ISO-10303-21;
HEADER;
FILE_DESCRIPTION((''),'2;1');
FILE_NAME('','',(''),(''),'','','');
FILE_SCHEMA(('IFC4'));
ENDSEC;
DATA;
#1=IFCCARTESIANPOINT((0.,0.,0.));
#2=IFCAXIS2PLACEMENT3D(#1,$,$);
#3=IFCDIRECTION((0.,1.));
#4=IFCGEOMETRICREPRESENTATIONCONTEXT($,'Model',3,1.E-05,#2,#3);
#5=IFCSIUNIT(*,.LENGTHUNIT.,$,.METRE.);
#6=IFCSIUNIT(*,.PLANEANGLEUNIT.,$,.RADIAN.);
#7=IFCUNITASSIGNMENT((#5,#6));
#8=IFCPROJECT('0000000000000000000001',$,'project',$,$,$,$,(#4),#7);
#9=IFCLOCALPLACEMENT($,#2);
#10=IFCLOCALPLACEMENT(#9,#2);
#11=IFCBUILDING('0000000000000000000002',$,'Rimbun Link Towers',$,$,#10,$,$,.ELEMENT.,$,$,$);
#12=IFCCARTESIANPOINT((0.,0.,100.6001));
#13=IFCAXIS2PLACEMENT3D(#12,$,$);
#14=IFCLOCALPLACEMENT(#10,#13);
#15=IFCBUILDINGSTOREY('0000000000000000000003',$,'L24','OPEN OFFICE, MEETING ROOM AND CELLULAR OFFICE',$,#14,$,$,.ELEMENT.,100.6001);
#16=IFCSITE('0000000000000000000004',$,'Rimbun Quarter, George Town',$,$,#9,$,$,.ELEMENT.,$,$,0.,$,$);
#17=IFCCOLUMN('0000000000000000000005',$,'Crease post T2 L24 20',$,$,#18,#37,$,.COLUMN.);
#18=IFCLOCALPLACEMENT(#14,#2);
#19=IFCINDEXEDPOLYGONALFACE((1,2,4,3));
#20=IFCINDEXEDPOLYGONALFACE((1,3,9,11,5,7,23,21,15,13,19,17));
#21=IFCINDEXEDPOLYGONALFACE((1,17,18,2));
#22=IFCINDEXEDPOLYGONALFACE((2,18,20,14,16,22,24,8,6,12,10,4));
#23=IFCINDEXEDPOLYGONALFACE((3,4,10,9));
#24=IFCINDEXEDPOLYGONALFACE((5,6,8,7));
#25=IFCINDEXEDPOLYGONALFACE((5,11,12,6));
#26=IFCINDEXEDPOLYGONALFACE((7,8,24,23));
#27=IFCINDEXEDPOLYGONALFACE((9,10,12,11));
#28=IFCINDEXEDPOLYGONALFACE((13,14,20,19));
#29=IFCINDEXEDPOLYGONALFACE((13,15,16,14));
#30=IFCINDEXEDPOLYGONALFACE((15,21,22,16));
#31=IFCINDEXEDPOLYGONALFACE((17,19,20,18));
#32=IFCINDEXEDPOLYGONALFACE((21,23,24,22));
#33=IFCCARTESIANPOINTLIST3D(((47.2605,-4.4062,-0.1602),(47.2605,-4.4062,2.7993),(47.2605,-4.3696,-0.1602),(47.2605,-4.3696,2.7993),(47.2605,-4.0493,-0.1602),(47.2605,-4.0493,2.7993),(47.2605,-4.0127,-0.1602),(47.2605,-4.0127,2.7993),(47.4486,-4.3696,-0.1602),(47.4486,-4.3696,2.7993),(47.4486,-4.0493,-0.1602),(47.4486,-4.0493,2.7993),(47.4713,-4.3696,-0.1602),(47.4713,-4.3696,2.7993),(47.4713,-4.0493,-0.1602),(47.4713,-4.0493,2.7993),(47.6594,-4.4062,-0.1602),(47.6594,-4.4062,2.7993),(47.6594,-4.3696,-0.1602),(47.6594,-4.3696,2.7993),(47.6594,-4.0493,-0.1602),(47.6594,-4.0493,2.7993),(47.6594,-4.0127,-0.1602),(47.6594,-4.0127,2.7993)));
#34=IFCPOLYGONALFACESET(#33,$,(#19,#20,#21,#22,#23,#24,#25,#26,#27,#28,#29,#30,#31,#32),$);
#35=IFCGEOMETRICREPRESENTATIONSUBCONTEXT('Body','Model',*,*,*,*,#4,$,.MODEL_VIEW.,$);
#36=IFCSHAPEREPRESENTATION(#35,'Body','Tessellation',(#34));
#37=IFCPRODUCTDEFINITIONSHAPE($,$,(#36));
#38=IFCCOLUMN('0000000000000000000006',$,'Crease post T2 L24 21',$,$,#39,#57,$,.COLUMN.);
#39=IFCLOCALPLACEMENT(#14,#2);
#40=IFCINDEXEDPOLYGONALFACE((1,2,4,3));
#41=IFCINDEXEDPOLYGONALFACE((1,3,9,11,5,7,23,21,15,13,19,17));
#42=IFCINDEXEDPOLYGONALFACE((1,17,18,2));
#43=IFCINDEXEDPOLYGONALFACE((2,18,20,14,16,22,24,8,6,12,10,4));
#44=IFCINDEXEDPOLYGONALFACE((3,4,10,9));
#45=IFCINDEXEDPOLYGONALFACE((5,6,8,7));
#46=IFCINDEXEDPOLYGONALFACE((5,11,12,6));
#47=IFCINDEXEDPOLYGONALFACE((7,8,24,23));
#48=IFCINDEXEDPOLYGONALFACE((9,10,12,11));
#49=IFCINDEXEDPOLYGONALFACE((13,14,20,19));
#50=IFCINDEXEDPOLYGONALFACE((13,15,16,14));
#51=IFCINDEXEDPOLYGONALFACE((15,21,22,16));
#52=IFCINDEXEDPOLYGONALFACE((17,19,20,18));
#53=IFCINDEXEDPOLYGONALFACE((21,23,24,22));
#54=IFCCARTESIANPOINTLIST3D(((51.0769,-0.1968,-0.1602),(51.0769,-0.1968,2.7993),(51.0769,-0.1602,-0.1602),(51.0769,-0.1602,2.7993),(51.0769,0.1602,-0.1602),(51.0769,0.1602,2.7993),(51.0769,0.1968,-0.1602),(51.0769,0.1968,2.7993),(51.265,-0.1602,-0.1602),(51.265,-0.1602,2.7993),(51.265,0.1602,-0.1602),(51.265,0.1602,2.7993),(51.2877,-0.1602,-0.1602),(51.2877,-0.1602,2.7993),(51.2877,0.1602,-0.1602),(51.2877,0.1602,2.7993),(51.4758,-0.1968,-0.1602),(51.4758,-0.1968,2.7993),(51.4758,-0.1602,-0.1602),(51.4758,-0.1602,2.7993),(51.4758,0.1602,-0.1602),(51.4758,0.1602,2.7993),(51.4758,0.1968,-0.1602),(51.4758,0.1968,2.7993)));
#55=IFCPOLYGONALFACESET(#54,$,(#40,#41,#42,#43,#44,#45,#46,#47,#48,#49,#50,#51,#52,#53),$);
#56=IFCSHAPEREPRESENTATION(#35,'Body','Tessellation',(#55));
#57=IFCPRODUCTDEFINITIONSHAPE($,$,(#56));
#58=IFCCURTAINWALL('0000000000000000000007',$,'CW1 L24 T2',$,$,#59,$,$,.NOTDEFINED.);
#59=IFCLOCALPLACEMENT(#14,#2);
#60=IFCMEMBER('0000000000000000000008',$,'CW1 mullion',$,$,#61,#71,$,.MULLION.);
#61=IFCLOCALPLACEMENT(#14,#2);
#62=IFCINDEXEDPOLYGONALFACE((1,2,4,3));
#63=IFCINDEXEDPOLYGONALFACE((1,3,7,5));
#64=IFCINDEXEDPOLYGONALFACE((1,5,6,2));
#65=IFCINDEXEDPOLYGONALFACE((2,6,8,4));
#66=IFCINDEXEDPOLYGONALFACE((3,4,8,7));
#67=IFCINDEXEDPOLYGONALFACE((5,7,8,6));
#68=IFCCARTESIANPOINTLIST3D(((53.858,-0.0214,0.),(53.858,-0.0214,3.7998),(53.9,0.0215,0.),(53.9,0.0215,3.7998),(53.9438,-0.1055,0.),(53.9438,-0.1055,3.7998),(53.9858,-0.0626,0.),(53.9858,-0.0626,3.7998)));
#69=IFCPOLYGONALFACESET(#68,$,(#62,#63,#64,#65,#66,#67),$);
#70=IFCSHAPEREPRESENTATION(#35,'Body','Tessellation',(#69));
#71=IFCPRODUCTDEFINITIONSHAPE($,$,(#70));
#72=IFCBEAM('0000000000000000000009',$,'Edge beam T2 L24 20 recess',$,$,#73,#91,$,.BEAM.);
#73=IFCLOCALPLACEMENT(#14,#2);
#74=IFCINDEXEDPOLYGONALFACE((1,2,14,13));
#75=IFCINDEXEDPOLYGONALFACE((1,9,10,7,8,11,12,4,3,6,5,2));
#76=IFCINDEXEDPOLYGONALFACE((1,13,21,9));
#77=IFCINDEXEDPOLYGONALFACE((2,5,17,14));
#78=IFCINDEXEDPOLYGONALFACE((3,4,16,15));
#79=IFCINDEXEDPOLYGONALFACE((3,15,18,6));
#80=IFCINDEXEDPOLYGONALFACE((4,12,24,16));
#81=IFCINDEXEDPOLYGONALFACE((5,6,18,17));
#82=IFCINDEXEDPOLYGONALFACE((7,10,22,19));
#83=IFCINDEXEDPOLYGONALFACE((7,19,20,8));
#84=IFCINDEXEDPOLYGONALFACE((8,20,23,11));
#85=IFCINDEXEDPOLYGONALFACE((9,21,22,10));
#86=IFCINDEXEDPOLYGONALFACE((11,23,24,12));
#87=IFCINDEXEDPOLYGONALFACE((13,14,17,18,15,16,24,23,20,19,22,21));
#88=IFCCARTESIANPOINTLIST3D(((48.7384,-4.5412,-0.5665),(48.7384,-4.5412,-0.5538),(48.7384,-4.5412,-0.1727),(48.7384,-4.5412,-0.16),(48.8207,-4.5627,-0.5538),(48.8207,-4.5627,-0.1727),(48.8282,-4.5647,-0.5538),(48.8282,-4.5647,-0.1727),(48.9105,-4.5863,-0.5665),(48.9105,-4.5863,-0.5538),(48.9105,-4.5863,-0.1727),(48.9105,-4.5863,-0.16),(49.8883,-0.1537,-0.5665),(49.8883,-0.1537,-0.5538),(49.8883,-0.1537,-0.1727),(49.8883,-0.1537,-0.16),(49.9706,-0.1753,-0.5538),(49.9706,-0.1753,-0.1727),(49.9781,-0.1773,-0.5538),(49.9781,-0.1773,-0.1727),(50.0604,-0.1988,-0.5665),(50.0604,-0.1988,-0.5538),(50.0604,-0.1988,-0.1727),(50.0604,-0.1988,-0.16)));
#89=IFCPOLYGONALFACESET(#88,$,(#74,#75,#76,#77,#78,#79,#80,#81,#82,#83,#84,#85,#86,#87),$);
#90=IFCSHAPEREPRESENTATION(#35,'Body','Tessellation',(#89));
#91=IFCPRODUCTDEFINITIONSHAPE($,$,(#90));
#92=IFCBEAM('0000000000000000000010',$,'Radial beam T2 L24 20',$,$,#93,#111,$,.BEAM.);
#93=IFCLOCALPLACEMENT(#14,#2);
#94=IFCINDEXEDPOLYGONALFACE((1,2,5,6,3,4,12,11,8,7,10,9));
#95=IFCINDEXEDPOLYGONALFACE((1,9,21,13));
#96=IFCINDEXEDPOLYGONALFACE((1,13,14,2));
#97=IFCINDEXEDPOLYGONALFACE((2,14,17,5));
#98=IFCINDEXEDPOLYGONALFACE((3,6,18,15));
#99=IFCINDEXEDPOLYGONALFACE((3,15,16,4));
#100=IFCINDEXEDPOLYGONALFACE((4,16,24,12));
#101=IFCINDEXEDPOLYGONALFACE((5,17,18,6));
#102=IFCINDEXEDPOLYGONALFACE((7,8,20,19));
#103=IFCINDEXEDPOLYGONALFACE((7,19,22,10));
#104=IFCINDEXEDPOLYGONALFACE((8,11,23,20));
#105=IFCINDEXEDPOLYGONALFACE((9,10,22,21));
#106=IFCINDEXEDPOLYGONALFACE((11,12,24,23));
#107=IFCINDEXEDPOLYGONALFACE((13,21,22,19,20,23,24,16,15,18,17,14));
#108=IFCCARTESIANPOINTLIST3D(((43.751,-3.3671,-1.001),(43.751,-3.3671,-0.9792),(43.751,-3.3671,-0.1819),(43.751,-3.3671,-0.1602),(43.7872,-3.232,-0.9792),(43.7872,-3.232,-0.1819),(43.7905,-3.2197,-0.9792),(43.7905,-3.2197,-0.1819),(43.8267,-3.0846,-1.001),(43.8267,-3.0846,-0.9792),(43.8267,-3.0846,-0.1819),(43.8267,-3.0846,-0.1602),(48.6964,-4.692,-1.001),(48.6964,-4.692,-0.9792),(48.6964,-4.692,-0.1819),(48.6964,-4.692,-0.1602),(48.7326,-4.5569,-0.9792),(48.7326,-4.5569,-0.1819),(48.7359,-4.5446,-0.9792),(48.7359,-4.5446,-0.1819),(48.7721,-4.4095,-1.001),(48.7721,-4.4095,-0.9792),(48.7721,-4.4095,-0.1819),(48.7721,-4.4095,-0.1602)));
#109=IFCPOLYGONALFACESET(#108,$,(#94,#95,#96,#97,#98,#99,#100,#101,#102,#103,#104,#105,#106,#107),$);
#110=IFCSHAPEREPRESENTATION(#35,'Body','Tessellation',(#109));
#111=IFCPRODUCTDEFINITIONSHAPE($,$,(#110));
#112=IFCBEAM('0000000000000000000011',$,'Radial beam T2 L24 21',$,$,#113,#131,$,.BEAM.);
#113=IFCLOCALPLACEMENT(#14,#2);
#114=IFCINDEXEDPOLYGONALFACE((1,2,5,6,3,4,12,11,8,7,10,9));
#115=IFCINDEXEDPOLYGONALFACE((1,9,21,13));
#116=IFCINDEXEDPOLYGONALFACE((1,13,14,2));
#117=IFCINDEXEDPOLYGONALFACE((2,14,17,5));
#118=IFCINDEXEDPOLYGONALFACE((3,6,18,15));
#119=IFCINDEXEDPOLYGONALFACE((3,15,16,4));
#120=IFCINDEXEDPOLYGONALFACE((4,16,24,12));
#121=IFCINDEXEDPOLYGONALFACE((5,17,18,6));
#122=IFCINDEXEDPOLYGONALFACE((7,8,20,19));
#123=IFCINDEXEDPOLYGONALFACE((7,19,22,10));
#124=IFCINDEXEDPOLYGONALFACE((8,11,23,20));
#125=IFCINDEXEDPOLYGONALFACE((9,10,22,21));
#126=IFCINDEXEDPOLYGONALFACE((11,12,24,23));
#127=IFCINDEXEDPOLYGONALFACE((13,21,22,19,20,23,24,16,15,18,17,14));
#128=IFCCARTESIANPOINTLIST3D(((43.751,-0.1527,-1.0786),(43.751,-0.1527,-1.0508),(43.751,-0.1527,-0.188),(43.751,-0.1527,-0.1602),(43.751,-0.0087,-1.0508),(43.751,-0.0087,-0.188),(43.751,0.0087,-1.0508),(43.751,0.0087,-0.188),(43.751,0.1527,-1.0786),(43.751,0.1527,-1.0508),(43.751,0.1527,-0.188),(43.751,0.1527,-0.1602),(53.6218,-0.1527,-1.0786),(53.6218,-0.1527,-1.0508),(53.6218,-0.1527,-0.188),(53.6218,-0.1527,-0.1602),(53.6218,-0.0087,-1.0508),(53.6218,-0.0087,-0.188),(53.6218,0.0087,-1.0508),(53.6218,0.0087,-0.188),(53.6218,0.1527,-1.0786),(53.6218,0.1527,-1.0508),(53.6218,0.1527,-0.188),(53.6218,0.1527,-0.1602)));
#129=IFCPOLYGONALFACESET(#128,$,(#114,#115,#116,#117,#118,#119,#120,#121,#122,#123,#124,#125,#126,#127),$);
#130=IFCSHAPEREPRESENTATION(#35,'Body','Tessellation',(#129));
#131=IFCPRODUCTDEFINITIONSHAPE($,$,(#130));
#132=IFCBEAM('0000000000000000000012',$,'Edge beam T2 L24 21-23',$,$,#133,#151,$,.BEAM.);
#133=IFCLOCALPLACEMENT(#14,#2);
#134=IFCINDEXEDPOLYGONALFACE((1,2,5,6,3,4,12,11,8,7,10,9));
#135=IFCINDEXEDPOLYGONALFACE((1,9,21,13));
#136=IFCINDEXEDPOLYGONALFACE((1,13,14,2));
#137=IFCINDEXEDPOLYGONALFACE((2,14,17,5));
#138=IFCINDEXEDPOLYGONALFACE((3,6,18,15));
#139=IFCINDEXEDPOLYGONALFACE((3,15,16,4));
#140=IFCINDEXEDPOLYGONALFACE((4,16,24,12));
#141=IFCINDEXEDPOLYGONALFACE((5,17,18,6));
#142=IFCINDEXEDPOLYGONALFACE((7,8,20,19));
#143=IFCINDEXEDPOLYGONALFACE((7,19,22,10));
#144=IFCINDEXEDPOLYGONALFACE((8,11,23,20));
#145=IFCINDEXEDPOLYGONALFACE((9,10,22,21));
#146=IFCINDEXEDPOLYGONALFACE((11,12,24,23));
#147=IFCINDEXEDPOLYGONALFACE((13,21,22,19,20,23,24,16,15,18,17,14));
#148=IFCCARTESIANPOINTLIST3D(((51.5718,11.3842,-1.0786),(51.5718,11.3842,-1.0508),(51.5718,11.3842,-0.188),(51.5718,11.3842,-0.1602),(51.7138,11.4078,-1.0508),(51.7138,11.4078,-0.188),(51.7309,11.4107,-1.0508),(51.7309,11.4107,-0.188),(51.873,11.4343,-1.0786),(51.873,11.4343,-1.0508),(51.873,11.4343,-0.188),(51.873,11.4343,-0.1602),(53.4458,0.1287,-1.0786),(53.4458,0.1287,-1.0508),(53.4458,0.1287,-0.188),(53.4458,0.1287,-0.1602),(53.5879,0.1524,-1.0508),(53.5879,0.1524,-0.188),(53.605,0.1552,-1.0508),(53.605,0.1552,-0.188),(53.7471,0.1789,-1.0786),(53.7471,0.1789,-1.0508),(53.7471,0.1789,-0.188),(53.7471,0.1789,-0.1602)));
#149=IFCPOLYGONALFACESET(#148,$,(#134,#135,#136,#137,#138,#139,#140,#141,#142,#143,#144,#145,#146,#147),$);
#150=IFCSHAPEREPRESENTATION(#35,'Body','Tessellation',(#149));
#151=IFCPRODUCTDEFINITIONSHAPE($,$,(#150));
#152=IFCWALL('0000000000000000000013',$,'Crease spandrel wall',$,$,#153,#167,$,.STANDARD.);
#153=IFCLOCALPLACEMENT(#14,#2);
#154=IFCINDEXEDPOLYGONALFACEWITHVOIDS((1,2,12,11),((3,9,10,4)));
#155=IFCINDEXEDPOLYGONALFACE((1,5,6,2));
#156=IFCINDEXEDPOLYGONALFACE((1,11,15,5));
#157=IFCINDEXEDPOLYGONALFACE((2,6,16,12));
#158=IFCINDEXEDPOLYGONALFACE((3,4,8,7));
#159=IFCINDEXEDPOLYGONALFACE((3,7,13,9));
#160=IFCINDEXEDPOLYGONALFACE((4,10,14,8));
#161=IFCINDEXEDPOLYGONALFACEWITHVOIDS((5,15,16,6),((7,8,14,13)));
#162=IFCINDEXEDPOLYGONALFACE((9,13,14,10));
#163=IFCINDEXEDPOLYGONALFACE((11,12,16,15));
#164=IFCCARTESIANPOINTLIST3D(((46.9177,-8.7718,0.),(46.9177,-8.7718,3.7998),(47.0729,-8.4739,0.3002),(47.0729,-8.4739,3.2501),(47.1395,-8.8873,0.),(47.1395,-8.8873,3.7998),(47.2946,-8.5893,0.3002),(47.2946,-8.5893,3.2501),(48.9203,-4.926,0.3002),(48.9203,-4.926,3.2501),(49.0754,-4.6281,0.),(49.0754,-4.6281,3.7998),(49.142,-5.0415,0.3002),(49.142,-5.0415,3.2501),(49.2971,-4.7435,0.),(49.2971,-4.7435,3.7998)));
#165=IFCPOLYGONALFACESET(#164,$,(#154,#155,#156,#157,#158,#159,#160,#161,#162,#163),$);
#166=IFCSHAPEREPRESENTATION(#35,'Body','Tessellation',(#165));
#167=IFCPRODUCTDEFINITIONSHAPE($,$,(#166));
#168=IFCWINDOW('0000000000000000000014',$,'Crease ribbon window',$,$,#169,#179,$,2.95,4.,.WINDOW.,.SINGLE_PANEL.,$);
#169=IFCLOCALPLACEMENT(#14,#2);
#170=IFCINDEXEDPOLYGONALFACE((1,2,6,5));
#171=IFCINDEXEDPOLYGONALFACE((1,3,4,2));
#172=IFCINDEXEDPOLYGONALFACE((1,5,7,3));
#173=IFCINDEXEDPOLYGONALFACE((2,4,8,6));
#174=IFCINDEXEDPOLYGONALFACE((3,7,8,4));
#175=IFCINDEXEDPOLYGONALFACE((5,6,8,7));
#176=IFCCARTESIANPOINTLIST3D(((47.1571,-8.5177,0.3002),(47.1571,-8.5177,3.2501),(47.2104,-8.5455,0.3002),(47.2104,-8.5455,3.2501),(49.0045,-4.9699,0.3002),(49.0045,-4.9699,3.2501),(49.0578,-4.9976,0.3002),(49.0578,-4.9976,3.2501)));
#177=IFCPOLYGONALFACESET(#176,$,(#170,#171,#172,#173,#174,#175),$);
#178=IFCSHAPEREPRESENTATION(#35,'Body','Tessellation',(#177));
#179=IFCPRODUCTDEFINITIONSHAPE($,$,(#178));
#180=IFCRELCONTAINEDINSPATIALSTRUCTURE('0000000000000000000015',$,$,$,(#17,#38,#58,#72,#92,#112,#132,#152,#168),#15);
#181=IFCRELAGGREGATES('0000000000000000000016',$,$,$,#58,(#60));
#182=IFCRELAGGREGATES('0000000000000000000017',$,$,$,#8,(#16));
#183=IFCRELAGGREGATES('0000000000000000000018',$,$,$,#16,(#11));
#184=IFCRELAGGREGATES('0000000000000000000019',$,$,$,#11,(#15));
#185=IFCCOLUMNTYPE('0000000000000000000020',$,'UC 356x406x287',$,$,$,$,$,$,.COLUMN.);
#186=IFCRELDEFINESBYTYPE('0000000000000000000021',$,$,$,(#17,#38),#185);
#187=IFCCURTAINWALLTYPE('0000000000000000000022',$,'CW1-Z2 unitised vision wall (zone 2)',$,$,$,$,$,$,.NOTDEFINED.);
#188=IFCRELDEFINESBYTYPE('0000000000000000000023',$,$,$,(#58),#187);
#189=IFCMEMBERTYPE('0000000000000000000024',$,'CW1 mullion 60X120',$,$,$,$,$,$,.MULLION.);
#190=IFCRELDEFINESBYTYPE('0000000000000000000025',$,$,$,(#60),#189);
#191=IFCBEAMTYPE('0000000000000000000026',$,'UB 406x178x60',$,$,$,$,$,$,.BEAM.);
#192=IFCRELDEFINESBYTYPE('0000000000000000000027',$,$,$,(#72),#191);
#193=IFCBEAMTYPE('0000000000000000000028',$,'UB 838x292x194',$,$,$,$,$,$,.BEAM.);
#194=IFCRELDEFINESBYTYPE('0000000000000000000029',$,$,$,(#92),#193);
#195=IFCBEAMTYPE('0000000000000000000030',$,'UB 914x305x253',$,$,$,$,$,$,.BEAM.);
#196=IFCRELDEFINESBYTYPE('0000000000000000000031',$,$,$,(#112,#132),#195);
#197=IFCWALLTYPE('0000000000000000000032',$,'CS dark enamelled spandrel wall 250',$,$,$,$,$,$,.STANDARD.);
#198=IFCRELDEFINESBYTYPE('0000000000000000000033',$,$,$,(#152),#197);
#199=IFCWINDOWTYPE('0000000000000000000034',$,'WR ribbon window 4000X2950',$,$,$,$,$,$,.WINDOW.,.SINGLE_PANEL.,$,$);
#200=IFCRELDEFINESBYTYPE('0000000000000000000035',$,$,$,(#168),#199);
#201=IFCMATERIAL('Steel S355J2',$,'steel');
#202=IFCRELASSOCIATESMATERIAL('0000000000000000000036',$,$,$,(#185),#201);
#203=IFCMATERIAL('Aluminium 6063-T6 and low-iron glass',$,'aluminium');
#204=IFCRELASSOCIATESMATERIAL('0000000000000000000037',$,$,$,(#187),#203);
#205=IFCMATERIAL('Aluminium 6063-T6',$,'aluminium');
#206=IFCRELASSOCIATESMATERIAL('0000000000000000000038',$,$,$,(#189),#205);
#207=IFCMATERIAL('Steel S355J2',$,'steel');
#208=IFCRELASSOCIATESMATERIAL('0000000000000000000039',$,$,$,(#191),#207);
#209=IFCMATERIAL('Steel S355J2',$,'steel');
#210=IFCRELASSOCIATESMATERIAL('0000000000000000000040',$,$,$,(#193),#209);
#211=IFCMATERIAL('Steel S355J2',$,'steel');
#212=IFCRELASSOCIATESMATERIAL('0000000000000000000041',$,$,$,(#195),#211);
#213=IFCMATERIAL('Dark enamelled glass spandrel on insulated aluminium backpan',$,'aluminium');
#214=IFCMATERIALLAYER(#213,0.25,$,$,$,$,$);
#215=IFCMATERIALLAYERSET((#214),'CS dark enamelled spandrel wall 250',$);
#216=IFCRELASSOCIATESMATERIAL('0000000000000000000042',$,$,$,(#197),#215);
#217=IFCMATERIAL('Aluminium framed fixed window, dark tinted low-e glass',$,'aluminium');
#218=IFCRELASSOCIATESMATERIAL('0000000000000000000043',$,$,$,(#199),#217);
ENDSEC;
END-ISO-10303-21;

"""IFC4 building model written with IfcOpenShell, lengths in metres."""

from ifc_helpers import new_model, si_unit, direction, frame, frame_2d, origin, origin_2d, place, context, subcontext, project, spatial, rectangle, i_section, extrude, material, layer, layer_set, material_profile, profile_set, type_object, element, fill, aggregate, save


model = new_model("IFC4")

# Units and contexts
model_context = context("Model", 3, precision=1e-05, world=origin(), true_north=direction((0.0, 1.0)))
body_context = subcontext(model_context, "Body", "Model", "MODEL_VIEW")
ifc_project = project(units=[si_unit("LENGTHUNIT", "METRE"), si_unit("PLANEANGLEUNIT", "RADIAN")], contexts=[model_context])

# Site, building, storey
site_placement = place(None, origin())
site = spatial("IfcSite", under=ifc_project, at=site_placement, Name="Rimbun Quarter, George Town", CompositionType="ELEMENT", RefElevation=0.0)
building_placement = place(site_placement, origin())
building = spatial("IfcBuilding", under=site, at=building_placement, Name="Rimbun Link Towers", CompositionType="ELEMENT")
storey_placement = place(building_placement, frame((0.0, 0.0, 100.6001)))
storey = spatial("IfcBuildingStorey", under=building, at=storey_placement, Name="L24", Description="OPEN OFFICE, MEETING ROOM AND CELLULAR OFFICE", CompositionType="ELEMENT", Elevation=100.6001)

# Columns
ifc_material_1 = material(Name="Steel S355J2", Category="steel")
ifc_material_profile_1 = material_profile(ifc_material_1, i_section(OverallWidth=0.3989, OverallDepth=0.3936, WebThickness=0.0227, FlangeThickness=0.0366, at=origin_2d()), Name="UC 356x406x287")
ifc_profile_set_1 = profile_set([ifc_material_profile_1], Name="Steel S355J2")
column_type = type_object("IfcColumnType", Name="UC 356x406x287", PredefinedType="COLUMN", material=ifc_profile_set_1)
for number, where, z_axis, x_axis, name in (
    (1, (47.46, -4.2095, -0.1602), (0.0, 0.0, 1.0), (1.0, 0.0, 0.0), "Crease post T2 L24 20"),
    (2, (51.2764, 0.0, -0.1602), (0.0, 0.0, 1.0), (1.0, 0.0, 0.0), "Crease post T2 L24 21"),
):
    element("IfcColumn", number, at=place(storey_placement, frame(where, z_axis=z_axis, x_axis=x_axis)), inside=storey, type_object=column_type, Name=name, PredefinedType="COLUMN", context=body_context, shape_type="SweptSolid", body=[
        extrude(i_section(OverallWidth=0.3989, OverallDepth=0.3936, WebThickness=0.0227, FlangeThickness=0.0366, at=origin_2d()), origin(), (0.0, 0.0, 1.0), 2.9595),
    ])

# Curtain wall, member
ifc_material_2 = material(Name="Aluminium 6063-T6 and low-iron glass", Category="aluminium")
curtain_wall_type = type_object("IfcCurtainWallType", Name="CW1-Z2 unitised vision wall (zone 2)", PredefinedType="NOTDEFINED", material=ifc_material_2)
curtain_wall_placement = place(storey_placement, origin())
curtain_wall = element("IfcCurtainWall", 3, at=curtain_wall_placement, inside=storey, type_object=curtain_wall_type, Name="CW1 L24 T2", PredefinedType="NOTDEFINED")
ifc_material_3 = material(Name="Aluminium 6063-T6", Category="aluminium")
ifc_material_profile_2 = material_profile(ifc_material_3, rectangle(XDim=0.1201, YDim=0.0601, at=origin_2d()), Name="MULLION 60X120")
ifc_profile_set_2 = profile_set([ifc_material_profile_2], Name="Aluminium 6063-T6")
member_type_1 = type_object("IfcMemberType", Name="CW1 mullion 60X120", PredefinedType="MULLION", material=ifc_profile_set_2)
member_1_placement = place(storey_placement, frame((53.9219, -0.042, 0.0), z_axis=(0.0, 0.0, 1.0), x_axis=(0.714514, -0.699621, 0.0)))
member_1 = element("IfcMember", 4, at=member_1_placement, type_object=member_type_1, Name="CW1 mullion", PredefinedType="MULLION", context=body_context, shape_type="SweptSolid", body=[
    extrude(rectangle(XDim=0.1201, YDim=0.0601, at=origin_2d()), origin(), (0.0, 0.0, 1.0), 3.7998),
])
aggregate(curtain_wall, [member_1])

# Beams
ifc_material_4 = material(Name="Steel S355J2", Category="steel")
ifc_material_profile_3 = material_profile(ifc_material_4, i_section(OverallWidth=0.178, OverallDepth=0.4065, WebThickness=0.0078, FlangeThickness=0.0127, at=origin_2d()), Name="UB 406x178x60")
ifc_profile_set_3 = profile_set([ifc_material_profile_3], Name="Steel S355J2")
beam_type_1 = type_object("IfcBeamType", Name="UB 406x178x60", PredefinedType="BEAM", material=ifc_profile_set_3)
beam_1_placement = place(storey_placement, frame((48.8245, -4.5637, -0.3633), z_axis=(0.253526, 0.967329, 0.0), x_axis=(-0.967329, 0.253526, 0.0)))
element("IfcBeam", 5, at=beam_1_placement, inside=storey, type_object=beam_type_1, Name="Edge beam T2 L24 20 recess", PredefinedType="BEAM", context=body_context, shape_type="SweptSolid", body=[
    extrude(i_section(OverallWidth=0.178, OverallDepth=0.4065, WebThickness=0.0078, FlangeThickness=0.0127, at=origin_2d()), origin(), (0.0, 0.0, 1.0), 4.5356),
])
ifc_material_5 = material(Name="Steel S355J2", Category="steel")
ifc_material_profile_4 = material_profile(ifc_material_5, i_section(OverallWidth=0.2925, OverallDepth=0.8408, WebThickness=0.0127, FlangeThickness=0.0217, at=origin_2d()), Name="UB 838x292x194")
ifc_profile_set_4 = profile_set([ifc_material_profile_4], Name="Steel S355J2")
beam_type_2 = type_object("IfcBeamType", Name="UB 838x292x194", PredefinedType="BEAM", material=ifc_profile_set_4)
beam_2_placement = place(storey_placement, frame((43.7888, -3.2258, -0.5806), z_axis=(0.965936, -0.258781, 0.0), x_axis=(0.258781, 0.965936, 0.0)))
element("IfcBeam", 6, at=beam_2_placement, inside=storey, type_object=beam_type_2, Name="Radial beam T2 L24 20", PredefinedType="BEAM", context=body_context, shape_type="SweptSolid", body=[
    extrude(i_section(OverallWidth=0.2925, OverallDepth=0.8408, WebThickness=0.0127, FlangeThickness=0.0217, at=origin_2d()), origin(), (0.0, 0.0, 1.0), 5.1199),
])
ifc_material_6 = material(Name="Steel S355J2", Category="steel")
ifc_material_profile_5 = material_profile(ifc_material_6, i_section(OverallWidth=0.3054, OverallDepth=0.9185, WebThickness=0.0173, FlangeThickness=0.0278, at=origin_2d()), Name="UB 914x305x253")
ifc_profile_set_5 = profile_set([ifc_material_profile_5], Name="Steel S355J2")
beam_type_3 = type_object("IfcBeamType", Name="UB 914x305x253", PredefinedType="BEAM", material=ifc_profile_set_5)
beam_3_placement = place(storey_placement, frame((43.751, 0.0, -0.6194), z_axis=(1.0, 0.0, 0.0), x_axis=(0.0, 1.0, 0.0)))
element("IfcBeam", 7, at=beam_3_placement, inside=storey, type_object=beam_type_3, Name="Radial beam T2 L24 21", PredefinedType="BEAM", context=body_context, shape_type="SweptSolid", body=[
    extrude(i_section(OverallWidth=0.3054, OverallDepth=0.9185, WebThickness=0.0173, FlangeThickness=0.0278, at=origin_2d()), origin(), (0.0, 0.0, 1.0), 9.8708),
])
beam_4_placement = place(storey_placement, frame((53.5964, 0.1538, -0.6194), z_axis=(-0.164239, 0.986421, 0.0), x_axis=(-0.986421, -0.164239, 0.0)))
element("IfcBeam", 8, at=beam_4_placement, inside=storey, type_object=beam_type_3, Name="Edge beam T2 L24 21-23", PredefinedType="BEAM", context=body_context, shape_type="SweptSolid", body=[
    extrude(i_section(OverallWidth=0.3054, OverallDepth=0.9185, WebThickness=0.0173, FlangeThickness=0.0278, at=origin_2d()), origin(), (0.0, 0.0, 1.0), 11.4104),
])

# Wall, opening, window
ifc_material_7 = material(Name="Dark enamelled glass spandrel on insulated aluminium backpan", Category="aluminium")
ifc_layer_1 = layer(ifc_material_7, 0.25)
ifc_layer_set_1 = layer_set([ifc_layer_1], Name="CS dark enamelled spandrel wall 250")
wall_type_1 = type_object("IfcWallType", Name="CS dark enamelled spandrel wall 250", PredefinedType="STANDARD", material=ifc_layer_set_1)
wall_1_placement = place(storey_placement, frame((49.1863, -4.6858, 0.0), z_axis=(0.0, 0.0, 1.0), x_axis=(-0.461848, -0.886959, 0.0)))
wall_1 = element("IfcWall", 9, at=wall_1_placement, inside=storey, type_object=wall_type_1, Name="Crease spandrel wall", PredefinedType="STANDARD", context=body_context, shape_type="SweptSolid", body=[
    extrude(rectangle(XDim=4.6719, YDim=0.25, at=frame_2d((2.3359, 0.0))), origin(), (0.0, 0.0, 1.0), 3.7998),
])
opening_1_placement = place(wall_1_placement, frame((0.3359, 0.0, 0.3)))
opening_1 = element("IfcOpeningElement", 10, at=opening_1_placement, cuts=wall_1, PredefinedType="OPENING", context=body_context, shape_type="SweptSolid", body=[
    extrude(rectangle(XDim=4.0, YDim=2.95, at=frame_2d((2.0, 1.4751))), frame((0.0, 0.135, 0.0), z_axis=(0.0, -1.0, 0.0), x_axis=(1.0, 0.0, 0.0)), (0.0, 0.0, 1.0), 0.27),
])
ifc_material_8 = material(Name="Aluminium framed fixed window, dark tinted low-e glass", Category="aluminium")
window_type_1 = type_object("IfcWindowType", Name="WR ribbon window 4000X2950", PartitioningType="SINGLE_PANEL", PredefinedType="WINDOW", material=ifc_material_8)
window_1_placement = place(opening_1_placement, origin())
window_1 = element("IfcWindow", 11, at=window_1_placement, inside=storey, type_object=window_type_1, Name="Crease ribbon window", OverallHeight=2.95, OverallWidth=4.0, PartitioningType="SINGLE_PANEL", PredefinedType="WINDOW", context=body_context, shape_type="SweptSolid", body=[
    extrude(rectangle(XDim=4.0, YDim=2.95, at=frame_2d((2.0, 1.4751))), frame((0.0, 0.03, 0.0), z_axis=(0.0, -1.0, 0.0), x_axis=(1.0, 0.0, 0.0)), (0.0, 0.0, 1.0), 0.0601),
])
fill(opening_1, window_1)

save(model, "model.ifc")
